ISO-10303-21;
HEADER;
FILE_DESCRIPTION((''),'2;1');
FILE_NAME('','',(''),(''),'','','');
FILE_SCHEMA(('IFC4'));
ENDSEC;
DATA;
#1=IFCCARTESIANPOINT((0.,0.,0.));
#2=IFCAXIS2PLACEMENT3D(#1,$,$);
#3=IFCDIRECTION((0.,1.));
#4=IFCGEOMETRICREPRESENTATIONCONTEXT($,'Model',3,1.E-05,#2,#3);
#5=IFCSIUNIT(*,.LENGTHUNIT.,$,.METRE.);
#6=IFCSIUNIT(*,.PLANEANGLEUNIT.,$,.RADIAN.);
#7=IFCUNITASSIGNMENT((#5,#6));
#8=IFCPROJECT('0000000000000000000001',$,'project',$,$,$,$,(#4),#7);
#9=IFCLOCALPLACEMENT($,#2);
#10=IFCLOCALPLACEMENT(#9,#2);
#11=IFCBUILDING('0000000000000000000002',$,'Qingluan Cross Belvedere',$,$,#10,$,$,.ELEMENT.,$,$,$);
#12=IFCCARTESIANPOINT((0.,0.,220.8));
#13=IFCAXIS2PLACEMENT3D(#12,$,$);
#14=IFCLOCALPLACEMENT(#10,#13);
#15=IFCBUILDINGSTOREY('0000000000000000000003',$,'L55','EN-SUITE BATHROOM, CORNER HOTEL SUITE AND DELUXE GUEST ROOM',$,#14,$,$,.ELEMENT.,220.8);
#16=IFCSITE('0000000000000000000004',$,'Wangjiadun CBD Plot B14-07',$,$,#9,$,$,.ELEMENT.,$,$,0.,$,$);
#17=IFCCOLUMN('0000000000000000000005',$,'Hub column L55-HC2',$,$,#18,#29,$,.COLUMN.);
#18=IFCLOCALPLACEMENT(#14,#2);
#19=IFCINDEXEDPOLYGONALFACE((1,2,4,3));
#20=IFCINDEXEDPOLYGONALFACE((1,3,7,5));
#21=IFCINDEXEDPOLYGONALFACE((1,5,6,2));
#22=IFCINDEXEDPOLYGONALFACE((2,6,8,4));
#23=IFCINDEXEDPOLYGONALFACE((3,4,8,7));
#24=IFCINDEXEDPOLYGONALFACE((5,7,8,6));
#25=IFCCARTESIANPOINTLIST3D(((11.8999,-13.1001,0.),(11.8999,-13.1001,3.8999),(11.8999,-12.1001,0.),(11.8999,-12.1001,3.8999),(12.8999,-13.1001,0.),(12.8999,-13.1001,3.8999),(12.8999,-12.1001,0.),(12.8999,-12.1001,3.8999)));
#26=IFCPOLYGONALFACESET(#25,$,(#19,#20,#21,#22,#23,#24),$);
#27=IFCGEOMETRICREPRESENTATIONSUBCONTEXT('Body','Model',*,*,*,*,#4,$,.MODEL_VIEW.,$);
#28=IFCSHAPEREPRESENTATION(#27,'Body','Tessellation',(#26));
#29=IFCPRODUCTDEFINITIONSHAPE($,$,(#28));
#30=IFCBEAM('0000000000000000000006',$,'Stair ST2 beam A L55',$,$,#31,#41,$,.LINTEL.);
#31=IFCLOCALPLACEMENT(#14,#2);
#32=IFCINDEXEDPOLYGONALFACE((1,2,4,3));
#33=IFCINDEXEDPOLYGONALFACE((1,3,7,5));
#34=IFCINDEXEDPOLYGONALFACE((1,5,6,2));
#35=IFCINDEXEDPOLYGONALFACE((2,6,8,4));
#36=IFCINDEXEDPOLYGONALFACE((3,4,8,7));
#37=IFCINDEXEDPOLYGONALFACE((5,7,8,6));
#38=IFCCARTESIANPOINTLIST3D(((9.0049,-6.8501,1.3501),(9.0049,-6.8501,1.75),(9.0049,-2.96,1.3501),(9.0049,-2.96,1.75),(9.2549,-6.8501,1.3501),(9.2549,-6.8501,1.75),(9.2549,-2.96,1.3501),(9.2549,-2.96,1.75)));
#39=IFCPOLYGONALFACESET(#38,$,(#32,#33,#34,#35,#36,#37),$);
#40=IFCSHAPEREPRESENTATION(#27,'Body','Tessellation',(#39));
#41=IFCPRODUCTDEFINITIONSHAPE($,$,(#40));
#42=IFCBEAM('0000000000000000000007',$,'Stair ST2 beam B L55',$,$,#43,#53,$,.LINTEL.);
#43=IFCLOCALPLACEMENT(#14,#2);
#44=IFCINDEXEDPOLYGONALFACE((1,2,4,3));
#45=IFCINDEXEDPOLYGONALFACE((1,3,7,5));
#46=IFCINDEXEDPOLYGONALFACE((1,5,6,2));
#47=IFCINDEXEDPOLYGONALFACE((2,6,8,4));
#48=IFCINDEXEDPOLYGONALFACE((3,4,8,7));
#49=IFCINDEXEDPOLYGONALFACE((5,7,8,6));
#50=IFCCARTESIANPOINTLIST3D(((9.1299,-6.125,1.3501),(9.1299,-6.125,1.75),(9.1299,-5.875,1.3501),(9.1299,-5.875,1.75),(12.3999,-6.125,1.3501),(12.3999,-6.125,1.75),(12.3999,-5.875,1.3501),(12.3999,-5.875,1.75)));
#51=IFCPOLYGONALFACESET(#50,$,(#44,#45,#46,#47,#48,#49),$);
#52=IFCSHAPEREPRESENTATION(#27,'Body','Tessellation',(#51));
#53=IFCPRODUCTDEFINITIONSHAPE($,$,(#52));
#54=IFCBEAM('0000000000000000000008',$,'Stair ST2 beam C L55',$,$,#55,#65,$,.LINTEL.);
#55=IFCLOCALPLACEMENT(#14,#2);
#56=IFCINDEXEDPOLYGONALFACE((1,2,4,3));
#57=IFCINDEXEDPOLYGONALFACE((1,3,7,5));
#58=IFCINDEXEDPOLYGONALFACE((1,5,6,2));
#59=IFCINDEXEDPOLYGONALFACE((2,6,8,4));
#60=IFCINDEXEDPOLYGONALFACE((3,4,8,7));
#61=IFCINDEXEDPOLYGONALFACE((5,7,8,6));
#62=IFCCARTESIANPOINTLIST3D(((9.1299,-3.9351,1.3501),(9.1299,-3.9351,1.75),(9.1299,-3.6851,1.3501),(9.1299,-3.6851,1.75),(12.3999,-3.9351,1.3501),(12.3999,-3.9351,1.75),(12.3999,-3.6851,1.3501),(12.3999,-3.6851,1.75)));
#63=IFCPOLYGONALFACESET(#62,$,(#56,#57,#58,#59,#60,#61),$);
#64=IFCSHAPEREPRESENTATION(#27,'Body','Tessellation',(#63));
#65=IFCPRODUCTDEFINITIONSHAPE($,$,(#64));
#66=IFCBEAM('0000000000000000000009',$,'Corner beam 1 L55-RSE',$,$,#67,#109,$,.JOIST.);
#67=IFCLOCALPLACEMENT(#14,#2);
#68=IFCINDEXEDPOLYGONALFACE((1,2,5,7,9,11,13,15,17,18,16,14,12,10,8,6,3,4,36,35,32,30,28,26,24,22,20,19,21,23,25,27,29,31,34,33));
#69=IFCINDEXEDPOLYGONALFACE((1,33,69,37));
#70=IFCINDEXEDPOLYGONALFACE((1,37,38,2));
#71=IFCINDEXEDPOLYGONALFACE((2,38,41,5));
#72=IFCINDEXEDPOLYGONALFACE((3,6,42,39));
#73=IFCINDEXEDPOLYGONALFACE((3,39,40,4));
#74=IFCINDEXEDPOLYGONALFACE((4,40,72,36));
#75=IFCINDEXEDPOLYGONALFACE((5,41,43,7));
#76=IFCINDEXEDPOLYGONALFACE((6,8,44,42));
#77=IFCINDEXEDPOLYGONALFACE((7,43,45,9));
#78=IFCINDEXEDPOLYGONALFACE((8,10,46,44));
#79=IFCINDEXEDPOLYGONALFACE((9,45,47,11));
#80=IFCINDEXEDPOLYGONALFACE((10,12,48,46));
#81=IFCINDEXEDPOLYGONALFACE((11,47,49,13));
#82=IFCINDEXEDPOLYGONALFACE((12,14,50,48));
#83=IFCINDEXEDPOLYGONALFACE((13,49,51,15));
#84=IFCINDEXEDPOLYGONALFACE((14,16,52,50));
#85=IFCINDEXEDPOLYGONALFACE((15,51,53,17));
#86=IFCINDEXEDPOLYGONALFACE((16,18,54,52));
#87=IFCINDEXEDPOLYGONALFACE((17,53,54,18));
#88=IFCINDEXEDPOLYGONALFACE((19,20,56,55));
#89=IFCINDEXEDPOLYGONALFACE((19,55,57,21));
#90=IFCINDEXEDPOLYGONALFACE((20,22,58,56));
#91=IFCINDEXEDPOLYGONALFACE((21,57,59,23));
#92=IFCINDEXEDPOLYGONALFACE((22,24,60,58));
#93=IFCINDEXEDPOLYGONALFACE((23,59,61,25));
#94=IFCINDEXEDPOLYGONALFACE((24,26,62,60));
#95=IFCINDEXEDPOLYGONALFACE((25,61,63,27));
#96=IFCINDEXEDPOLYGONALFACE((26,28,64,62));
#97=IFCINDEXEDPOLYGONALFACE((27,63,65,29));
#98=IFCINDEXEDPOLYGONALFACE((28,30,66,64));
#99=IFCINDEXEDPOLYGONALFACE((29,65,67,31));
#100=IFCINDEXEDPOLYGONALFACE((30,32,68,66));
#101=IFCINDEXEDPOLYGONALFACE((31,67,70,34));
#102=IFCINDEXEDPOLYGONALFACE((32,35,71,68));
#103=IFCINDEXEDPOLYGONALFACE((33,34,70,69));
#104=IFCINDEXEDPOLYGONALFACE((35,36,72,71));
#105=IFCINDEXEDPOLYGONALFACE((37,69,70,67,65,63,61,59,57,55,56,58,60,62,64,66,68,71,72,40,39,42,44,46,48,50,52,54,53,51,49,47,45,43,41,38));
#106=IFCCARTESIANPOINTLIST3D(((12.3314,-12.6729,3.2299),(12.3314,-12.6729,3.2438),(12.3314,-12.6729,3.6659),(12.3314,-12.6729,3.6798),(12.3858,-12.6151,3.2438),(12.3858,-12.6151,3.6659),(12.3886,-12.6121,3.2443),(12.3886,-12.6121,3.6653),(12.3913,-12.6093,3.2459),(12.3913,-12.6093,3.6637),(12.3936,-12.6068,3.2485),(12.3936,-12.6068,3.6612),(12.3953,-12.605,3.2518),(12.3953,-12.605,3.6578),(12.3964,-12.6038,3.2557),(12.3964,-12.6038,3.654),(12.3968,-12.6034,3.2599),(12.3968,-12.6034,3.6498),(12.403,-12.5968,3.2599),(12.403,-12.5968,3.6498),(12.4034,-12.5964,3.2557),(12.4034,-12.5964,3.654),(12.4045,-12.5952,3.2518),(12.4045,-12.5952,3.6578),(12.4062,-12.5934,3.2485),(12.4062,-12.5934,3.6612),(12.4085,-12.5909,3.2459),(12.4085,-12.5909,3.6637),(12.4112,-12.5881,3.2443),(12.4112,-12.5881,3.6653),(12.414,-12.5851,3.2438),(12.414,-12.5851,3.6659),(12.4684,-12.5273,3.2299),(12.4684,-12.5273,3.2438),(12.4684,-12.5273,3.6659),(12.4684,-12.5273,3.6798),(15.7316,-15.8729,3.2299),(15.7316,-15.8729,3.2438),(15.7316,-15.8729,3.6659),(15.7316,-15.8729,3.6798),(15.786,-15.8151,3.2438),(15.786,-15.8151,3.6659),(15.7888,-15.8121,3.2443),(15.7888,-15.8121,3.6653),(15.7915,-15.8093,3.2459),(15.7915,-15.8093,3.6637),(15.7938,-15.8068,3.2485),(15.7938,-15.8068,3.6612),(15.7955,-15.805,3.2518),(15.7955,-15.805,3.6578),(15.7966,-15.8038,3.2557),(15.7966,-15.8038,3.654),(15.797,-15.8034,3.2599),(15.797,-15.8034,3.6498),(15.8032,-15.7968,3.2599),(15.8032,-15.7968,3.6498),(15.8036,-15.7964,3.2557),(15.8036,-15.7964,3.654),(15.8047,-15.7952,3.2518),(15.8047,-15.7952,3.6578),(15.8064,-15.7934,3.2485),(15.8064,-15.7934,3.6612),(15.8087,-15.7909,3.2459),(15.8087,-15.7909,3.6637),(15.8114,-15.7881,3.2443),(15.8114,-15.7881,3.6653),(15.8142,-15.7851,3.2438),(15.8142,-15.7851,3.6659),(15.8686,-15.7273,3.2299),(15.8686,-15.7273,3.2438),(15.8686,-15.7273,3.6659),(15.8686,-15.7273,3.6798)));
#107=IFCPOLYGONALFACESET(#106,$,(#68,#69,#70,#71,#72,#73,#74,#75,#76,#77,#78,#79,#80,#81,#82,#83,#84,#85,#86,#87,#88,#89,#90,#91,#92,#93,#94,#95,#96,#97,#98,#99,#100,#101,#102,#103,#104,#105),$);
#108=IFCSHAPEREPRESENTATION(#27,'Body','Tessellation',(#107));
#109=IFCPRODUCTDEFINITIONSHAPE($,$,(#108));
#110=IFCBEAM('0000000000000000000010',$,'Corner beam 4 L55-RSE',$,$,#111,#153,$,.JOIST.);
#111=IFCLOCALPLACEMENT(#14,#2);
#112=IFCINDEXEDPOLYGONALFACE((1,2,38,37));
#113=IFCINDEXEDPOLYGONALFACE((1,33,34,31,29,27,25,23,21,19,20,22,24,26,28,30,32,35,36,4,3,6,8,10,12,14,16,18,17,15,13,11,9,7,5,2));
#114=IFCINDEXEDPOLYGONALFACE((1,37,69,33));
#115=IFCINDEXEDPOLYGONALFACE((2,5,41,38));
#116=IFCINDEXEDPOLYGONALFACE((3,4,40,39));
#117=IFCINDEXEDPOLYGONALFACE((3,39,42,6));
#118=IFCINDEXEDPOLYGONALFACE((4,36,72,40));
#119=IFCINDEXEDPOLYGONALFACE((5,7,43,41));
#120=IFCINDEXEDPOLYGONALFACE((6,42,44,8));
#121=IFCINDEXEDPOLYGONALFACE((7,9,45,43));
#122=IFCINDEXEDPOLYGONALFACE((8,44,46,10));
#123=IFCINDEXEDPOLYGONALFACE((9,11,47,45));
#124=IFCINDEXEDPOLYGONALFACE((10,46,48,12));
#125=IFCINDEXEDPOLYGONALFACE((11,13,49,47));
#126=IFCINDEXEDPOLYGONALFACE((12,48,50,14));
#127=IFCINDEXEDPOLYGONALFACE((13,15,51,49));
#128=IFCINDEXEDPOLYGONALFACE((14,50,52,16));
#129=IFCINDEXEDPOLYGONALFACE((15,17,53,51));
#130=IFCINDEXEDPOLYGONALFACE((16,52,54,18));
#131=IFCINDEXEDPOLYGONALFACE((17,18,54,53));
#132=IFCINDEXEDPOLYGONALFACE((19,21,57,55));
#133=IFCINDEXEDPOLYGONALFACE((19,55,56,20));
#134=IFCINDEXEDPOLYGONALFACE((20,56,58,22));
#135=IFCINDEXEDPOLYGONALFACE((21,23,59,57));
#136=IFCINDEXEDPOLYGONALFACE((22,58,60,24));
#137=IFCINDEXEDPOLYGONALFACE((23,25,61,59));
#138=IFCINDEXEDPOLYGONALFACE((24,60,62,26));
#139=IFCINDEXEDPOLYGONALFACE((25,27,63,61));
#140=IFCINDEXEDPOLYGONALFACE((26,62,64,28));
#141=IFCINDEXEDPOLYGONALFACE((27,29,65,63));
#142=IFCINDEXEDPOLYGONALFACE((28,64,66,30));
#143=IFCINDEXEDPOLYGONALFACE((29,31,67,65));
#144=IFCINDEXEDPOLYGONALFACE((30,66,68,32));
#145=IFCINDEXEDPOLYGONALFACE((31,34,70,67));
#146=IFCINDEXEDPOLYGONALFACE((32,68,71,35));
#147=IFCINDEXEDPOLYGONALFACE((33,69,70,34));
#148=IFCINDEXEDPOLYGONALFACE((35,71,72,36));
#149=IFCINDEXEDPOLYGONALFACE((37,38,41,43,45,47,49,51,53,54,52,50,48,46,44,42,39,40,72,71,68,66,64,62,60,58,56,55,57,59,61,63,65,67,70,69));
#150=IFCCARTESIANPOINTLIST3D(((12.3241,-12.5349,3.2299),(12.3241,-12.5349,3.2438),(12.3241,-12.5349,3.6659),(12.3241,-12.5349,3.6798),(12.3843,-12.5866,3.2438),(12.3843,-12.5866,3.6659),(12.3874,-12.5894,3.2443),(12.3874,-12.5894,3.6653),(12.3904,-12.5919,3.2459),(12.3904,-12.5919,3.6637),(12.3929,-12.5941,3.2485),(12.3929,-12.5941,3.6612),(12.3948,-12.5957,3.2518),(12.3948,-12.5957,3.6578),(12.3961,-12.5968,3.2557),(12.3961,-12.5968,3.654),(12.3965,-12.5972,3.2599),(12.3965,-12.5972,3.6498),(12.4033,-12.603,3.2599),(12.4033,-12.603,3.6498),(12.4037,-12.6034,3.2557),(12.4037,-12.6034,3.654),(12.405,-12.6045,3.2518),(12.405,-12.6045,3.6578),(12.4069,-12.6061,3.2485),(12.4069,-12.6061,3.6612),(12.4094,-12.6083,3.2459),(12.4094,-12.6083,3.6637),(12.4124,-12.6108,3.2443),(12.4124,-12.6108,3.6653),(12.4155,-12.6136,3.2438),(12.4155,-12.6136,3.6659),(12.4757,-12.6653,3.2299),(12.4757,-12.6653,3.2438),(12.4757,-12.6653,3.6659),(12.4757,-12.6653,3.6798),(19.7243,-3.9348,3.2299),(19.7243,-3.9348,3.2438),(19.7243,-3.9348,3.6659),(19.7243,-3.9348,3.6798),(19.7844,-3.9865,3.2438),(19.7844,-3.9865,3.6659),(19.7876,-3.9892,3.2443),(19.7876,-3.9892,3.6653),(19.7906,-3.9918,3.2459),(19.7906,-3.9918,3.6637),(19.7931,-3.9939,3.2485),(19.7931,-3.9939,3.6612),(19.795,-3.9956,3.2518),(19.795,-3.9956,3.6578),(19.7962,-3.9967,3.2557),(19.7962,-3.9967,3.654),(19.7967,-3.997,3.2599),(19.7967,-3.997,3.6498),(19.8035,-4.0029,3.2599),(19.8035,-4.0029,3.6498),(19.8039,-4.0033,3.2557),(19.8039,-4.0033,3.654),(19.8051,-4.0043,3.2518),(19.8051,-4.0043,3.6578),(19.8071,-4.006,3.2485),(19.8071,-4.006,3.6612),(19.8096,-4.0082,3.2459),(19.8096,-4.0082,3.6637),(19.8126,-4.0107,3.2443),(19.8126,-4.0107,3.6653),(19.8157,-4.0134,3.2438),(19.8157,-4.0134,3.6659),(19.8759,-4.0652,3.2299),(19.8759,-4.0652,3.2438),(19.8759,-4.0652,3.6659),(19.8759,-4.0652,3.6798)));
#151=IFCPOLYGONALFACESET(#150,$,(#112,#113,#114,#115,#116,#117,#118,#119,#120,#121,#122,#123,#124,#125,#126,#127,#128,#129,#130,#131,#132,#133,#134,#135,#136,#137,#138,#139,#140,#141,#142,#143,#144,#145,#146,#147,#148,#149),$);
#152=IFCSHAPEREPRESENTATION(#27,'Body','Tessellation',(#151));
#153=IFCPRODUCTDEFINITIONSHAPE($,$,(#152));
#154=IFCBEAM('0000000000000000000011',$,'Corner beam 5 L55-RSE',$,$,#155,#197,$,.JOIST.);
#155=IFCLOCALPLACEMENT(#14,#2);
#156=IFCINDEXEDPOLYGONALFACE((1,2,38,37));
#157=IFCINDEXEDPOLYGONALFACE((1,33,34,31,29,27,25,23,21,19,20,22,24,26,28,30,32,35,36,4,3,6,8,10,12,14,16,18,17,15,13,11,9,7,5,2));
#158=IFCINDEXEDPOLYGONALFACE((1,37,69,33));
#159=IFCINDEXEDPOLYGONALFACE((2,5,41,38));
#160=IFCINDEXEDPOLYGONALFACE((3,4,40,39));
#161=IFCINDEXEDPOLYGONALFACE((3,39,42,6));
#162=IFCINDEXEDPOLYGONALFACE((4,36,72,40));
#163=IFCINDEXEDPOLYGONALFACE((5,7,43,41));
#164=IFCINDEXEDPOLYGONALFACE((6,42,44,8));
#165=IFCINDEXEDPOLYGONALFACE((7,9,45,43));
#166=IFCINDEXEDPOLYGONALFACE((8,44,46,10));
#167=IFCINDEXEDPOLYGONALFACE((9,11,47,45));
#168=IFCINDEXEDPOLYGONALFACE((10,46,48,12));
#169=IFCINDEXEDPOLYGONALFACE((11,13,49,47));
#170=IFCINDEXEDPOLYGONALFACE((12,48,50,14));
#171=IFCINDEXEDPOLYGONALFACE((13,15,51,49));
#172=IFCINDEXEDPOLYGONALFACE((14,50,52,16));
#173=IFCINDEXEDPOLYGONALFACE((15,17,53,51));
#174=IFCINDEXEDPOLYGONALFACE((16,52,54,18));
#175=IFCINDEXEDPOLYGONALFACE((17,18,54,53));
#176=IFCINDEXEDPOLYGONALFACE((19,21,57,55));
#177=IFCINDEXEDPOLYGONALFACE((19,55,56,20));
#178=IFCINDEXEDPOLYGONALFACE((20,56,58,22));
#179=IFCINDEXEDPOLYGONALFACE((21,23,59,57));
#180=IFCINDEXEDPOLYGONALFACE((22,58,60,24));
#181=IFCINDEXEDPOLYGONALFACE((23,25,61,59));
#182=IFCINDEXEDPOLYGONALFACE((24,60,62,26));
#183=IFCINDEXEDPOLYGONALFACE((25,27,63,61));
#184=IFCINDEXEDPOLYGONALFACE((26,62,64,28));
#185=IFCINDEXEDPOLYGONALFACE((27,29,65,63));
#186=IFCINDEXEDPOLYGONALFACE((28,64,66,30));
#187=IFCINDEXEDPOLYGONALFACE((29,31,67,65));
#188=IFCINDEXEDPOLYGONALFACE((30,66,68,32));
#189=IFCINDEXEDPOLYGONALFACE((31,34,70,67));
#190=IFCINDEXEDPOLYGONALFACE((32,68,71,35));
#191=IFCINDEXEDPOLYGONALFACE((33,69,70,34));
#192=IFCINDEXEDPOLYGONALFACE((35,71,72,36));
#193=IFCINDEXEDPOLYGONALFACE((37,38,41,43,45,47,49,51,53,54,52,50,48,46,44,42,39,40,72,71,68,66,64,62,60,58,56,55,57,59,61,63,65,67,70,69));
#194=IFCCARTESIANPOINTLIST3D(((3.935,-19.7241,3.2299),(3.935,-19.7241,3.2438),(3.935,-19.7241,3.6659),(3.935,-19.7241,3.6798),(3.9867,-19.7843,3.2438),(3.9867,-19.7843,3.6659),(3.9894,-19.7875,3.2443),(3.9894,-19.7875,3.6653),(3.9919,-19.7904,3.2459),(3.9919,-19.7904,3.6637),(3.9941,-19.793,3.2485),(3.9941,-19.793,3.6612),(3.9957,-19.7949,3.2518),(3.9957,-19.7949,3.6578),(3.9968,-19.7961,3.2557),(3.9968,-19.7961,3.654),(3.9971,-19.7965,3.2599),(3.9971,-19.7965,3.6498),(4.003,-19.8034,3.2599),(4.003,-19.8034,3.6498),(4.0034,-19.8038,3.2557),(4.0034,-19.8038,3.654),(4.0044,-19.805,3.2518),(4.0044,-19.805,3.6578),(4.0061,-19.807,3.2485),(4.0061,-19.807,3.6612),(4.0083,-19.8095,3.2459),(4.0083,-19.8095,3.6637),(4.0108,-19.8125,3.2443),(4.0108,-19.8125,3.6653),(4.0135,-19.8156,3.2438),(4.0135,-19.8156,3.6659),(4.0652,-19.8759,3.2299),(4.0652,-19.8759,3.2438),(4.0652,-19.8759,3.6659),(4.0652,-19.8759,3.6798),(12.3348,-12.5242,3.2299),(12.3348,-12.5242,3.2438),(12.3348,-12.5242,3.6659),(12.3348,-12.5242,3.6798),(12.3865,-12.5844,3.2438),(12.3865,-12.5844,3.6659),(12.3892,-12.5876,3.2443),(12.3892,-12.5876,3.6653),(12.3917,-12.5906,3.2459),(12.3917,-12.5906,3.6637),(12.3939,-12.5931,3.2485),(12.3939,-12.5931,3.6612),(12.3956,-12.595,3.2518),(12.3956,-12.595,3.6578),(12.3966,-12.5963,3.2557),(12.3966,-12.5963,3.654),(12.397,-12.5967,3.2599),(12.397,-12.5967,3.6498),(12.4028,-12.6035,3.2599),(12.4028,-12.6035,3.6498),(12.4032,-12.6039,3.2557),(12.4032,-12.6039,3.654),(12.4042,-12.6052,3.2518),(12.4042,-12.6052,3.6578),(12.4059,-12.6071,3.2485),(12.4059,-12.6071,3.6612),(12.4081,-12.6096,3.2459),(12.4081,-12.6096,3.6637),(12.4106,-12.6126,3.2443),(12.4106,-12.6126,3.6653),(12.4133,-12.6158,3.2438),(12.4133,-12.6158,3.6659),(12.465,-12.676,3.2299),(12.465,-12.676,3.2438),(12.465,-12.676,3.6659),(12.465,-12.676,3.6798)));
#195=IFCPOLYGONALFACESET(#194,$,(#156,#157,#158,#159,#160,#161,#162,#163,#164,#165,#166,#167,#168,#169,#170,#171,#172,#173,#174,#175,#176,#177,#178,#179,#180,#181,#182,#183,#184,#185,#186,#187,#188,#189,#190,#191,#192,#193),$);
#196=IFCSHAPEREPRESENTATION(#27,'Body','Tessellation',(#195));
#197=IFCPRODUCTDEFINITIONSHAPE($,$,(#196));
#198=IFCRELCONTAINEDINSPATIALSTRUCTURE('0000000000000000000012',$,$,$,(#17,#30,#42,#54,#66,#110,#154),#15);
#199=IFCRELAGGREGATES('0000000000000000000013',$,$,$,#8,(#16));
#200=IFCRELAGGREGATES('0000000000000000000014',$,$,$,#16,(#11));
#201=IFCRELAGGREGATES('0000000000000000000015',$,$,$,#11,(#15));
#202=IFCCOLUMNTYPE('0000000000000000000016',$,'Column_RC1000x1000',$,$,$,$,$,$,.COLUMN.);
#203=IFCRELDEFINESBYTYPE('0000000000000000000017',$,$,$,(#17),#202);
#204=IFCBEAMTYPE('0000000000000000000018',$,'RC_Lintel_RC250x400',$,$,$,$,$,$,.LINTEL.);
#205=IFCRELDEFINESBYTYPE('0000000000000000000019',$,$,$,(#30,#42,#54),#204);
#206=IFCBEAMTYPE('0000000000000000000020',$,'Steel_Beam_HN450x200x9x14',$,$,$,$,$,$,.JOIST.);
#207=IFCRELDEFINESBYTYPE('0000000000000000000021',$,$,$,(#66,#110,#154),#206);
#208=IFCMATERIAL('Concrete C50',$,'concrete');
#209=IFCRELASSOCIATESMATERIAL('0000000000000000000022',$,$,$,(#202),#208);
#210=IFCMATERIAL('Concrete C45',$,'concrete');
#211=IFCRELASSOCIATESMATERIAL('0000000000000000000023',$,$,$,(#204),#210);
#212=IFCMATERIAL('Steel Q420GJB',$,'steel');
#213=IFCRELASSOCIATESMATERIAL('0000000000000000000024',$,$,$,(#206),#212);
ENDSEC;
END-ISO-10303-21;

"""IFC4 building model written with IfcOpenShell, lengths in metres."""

from ifc_helpers import new_model, si_unit, direction, frame, origin, origin_2d, place, context, subcontext, project, spatial, rectangle, i_section, extrude, material, material_profile, profile_set, type_object, element, save


model = new_model("IFC4")

# Units and contexts
model_context = context("Model", 3, precision=1e-05, world=origin(), true_north=direction((0.0, 1.0)))
body_context = subcontext(model_context, "Body", "Model", "MODEL_VIEW")
ifc_project = project(units=[si_unit("LENGTHUNIT", "METRE"), si_unit("PLANEANGLEUNIT", "RADIAN")], contexts=[model_context])

# Site, building, storey
site_placement = place(None, origin())
site = spatial("IfcSite", under=ifc_project, at=site_placement, Name="Wangjiadun CBD Plot B14-07", CompositionType="ELEMENT", RefElevation=0.0)
building_placement = place(site_placement, origin())
building = spatial("IfcBuilding", under=site, at=building_placement, Name="Qingluan Cross Belvedere", CompositionType="ELEMENT")
storey_placement = place(building_placement, frame((0.0, 0.0, 220.8)))
storey = spatial("IfcBuildingStorey", under=building, at=storey_placement, Name="L55", Description="EN-SUITE BATHROOM, CORNER HOTEL SUITE AND DELUXE GUEST ROOM", CompositionType="ELEMENT", Elevation=220.8)

# Column
ifc_material_1 = material(Name="Concrete C50", Category="concrete")
ifc_material_profile_1 = material_profile(ifc_material_1, rectangle(XDim=1.0, YDim=1.0, at=origin_2d()), Name="RC1000x1000")
ifc_profile_set_1 = profile_set([ifc_material_profile_1], Name="Concrete C50")
column_type = type_object("IfcColumnType", Name="Column_RC1000x1000", PredefinedType="COLUMN", material=ifc_profile_set_1)
column_placement = place(storey_placement, frame((12.3999, -12.6001, 0.0), z_axis=(0.0, 0.0, 1.0), x_axis=(1.0, 0.0, 0.0)))
element("IfcColumn", 1, at=column_placement, inside=storey, type_object=column_type, Name="Hub column L55-HC2", PredefinedType="COLUMN", context=body_context, shape_type="SweptSolid", body=[
    extrude(rectangle(XDim=1.0, YDim=1.0, at=origin_2d()), origin(), (0.0, 0.0, 1.0), 3.8999),
])

# Beams
ifc_material_2 = material(Name="Concrete C45", Category="concrete")
ifc_material_profile_2 = material_profile(ifc_material_2, rectangle(XDim=0.25, YDim=0.3999, at=origin_2d()), Name="RC250x400")
ifc_profile_set_2 = profile_set([ifc_material_profile_2], Name="Concrete C45")
beam_type_1 = type_object("IfcBeamType", Name="RC_Lintel_RC250x400", PredefinedType="LINTEL", material=ifc_profile_set_2)
beam_1_placement = place(storey_placement, frame((9.1299, -6.8501, 1.55), z_axis=(0.0, 1.0, 0.0), x_axis=(-1.0, 0.0, 0.0)))
element("IfcBeam", 2, at=beam_1_placement, inside=storey, type_object=beam_type_1, Name="Stair ST2 beam A L55", PredefinedType="LINTEL", context=body_context, shape_type="SweptSolid", body=[
    extrude(rectangle(XDim=0.25, YDim=0.3999, at=origin_2d()), origin(), (0.0, 0.0, 1.0), 3.8901),
])
for number, where, z_axis, x_axis, name in (
    (3, (12.3999, -6.0, 1.55), (-1.0, 0.0, 0.0), (0.0, -1.0, 0.0), "Stair ST2 beam B L55"),
    (4, (12.3999, -3.8101, 1.55), (-1.0, 0.0, 0.0), (0.0, -1.0, 0.0), "Stair ST2 beam C L55"),
):
    element("IfcBeam", number, at=place(storey_placement, frame(where, z_axis=z_axis, x_axis=x_axis)), inside=storey, type_object=beam_type_1, Name=name, PredefinedType="LINTEL", context=body_context, shape_type="SweptSolid", body=[
        extrude(rectangle(XDim=0.25, YDim=0.3999, at=origin_2d()), origin(), (0.0, 0.0, 1.0), 3.27),
    ])
ifc_material_3 = material(Name="Steel Q420GJB", Category="steel")
ifc_material_profile_3 = material_profile(ifc_material_3, i_section(OverallWidth=0.2, OverallDepth=0.45, WebThickness=0.009, FlangeThickness=0.0139, FilletRadius=0.0161, at=origin_2d()), Name="HN450x200x9x14")
ifc_profile_set_3 = profile_set([ifc_material_profile_3], Name="Steel Q420GJB")
beam_type_2 = type_object("IfcBeamType", Name="Steel_Beam_HN450x200x9x14", PredefinedType="JOIST", material=ifc_profile_set_3)
beam_2_placement = place(storey_placement, frame((12.3999, -12.6001, 3.4548), z_axis=(0.72822, -0.685343, 0.0), x_axis=(0.685343, 0.72822, 0.0)))
element("IfcBeam", 5, at=beam_2_placement, inside=storey, type_object=beam_type_2, Name="Corner beam 1 L55-RSE", PredefinedType="JOIST", context=body_context, shape_type="SweptSolid", body=[
    extrude(i_section(OverallWidth=0.2, OverallDepth=0.45, WebThickness=0.009, FlangeThickness=0.0139, FilletRadius=0.0161, at=origin_2d()), origin(), (0.0, 0.0, 1.0), 4.6692),
])
beam_3_placement = place(storey_placement, frame((12.3999, -12.6001, 3.4548), z_axis=(0.652245, 0.758008, 0.0), x_axis=(-0.758008, 0.652245, 0.0)))
element("IfcBeam", 6, at=beam_3_placement, inside=storey, type_object=beam_type_2, Name="Corner beam 4 L55-RSE", PredefinedType="JOIST", context=body_context, shape_type="SweptSolid", body=[
    extrude(i_section(OverallWidth=0.2, OverallDepth=0.45, WebThickness=0.009, FlangeThickness=0.0139, FilletRadius=0.0161, at=origin_2d()), origin(), (0.0, 0.0, 1.0), 11.3457),
])
beam_4_placement = place(storey_placement, frame((12.3999, -12.6001, 3.4548), z_axis=(-0.759255, -0.650793, 0.0), x_axis=(0.650793, -0.759255, 0.0)))
element("IfcBeam", 7, at=beam_4_placement, inside=storey, type_object=beam_type_2, Name="Corner beam 5 L55-RSE", PredefinedType="JOIST", context=body_context, shape_type="SweptSolid", body=[
    extrude(i_section(OverallWidth=0.2, OverallDepth=0.45, WebThickness=0.009, FlangeThickness=0.0139, FilletRadius=0.0161, at=origin_2d()), origin(), (0.0, 0.0, 1.0), 11.0632),
])

save(model, "model.ifc")
